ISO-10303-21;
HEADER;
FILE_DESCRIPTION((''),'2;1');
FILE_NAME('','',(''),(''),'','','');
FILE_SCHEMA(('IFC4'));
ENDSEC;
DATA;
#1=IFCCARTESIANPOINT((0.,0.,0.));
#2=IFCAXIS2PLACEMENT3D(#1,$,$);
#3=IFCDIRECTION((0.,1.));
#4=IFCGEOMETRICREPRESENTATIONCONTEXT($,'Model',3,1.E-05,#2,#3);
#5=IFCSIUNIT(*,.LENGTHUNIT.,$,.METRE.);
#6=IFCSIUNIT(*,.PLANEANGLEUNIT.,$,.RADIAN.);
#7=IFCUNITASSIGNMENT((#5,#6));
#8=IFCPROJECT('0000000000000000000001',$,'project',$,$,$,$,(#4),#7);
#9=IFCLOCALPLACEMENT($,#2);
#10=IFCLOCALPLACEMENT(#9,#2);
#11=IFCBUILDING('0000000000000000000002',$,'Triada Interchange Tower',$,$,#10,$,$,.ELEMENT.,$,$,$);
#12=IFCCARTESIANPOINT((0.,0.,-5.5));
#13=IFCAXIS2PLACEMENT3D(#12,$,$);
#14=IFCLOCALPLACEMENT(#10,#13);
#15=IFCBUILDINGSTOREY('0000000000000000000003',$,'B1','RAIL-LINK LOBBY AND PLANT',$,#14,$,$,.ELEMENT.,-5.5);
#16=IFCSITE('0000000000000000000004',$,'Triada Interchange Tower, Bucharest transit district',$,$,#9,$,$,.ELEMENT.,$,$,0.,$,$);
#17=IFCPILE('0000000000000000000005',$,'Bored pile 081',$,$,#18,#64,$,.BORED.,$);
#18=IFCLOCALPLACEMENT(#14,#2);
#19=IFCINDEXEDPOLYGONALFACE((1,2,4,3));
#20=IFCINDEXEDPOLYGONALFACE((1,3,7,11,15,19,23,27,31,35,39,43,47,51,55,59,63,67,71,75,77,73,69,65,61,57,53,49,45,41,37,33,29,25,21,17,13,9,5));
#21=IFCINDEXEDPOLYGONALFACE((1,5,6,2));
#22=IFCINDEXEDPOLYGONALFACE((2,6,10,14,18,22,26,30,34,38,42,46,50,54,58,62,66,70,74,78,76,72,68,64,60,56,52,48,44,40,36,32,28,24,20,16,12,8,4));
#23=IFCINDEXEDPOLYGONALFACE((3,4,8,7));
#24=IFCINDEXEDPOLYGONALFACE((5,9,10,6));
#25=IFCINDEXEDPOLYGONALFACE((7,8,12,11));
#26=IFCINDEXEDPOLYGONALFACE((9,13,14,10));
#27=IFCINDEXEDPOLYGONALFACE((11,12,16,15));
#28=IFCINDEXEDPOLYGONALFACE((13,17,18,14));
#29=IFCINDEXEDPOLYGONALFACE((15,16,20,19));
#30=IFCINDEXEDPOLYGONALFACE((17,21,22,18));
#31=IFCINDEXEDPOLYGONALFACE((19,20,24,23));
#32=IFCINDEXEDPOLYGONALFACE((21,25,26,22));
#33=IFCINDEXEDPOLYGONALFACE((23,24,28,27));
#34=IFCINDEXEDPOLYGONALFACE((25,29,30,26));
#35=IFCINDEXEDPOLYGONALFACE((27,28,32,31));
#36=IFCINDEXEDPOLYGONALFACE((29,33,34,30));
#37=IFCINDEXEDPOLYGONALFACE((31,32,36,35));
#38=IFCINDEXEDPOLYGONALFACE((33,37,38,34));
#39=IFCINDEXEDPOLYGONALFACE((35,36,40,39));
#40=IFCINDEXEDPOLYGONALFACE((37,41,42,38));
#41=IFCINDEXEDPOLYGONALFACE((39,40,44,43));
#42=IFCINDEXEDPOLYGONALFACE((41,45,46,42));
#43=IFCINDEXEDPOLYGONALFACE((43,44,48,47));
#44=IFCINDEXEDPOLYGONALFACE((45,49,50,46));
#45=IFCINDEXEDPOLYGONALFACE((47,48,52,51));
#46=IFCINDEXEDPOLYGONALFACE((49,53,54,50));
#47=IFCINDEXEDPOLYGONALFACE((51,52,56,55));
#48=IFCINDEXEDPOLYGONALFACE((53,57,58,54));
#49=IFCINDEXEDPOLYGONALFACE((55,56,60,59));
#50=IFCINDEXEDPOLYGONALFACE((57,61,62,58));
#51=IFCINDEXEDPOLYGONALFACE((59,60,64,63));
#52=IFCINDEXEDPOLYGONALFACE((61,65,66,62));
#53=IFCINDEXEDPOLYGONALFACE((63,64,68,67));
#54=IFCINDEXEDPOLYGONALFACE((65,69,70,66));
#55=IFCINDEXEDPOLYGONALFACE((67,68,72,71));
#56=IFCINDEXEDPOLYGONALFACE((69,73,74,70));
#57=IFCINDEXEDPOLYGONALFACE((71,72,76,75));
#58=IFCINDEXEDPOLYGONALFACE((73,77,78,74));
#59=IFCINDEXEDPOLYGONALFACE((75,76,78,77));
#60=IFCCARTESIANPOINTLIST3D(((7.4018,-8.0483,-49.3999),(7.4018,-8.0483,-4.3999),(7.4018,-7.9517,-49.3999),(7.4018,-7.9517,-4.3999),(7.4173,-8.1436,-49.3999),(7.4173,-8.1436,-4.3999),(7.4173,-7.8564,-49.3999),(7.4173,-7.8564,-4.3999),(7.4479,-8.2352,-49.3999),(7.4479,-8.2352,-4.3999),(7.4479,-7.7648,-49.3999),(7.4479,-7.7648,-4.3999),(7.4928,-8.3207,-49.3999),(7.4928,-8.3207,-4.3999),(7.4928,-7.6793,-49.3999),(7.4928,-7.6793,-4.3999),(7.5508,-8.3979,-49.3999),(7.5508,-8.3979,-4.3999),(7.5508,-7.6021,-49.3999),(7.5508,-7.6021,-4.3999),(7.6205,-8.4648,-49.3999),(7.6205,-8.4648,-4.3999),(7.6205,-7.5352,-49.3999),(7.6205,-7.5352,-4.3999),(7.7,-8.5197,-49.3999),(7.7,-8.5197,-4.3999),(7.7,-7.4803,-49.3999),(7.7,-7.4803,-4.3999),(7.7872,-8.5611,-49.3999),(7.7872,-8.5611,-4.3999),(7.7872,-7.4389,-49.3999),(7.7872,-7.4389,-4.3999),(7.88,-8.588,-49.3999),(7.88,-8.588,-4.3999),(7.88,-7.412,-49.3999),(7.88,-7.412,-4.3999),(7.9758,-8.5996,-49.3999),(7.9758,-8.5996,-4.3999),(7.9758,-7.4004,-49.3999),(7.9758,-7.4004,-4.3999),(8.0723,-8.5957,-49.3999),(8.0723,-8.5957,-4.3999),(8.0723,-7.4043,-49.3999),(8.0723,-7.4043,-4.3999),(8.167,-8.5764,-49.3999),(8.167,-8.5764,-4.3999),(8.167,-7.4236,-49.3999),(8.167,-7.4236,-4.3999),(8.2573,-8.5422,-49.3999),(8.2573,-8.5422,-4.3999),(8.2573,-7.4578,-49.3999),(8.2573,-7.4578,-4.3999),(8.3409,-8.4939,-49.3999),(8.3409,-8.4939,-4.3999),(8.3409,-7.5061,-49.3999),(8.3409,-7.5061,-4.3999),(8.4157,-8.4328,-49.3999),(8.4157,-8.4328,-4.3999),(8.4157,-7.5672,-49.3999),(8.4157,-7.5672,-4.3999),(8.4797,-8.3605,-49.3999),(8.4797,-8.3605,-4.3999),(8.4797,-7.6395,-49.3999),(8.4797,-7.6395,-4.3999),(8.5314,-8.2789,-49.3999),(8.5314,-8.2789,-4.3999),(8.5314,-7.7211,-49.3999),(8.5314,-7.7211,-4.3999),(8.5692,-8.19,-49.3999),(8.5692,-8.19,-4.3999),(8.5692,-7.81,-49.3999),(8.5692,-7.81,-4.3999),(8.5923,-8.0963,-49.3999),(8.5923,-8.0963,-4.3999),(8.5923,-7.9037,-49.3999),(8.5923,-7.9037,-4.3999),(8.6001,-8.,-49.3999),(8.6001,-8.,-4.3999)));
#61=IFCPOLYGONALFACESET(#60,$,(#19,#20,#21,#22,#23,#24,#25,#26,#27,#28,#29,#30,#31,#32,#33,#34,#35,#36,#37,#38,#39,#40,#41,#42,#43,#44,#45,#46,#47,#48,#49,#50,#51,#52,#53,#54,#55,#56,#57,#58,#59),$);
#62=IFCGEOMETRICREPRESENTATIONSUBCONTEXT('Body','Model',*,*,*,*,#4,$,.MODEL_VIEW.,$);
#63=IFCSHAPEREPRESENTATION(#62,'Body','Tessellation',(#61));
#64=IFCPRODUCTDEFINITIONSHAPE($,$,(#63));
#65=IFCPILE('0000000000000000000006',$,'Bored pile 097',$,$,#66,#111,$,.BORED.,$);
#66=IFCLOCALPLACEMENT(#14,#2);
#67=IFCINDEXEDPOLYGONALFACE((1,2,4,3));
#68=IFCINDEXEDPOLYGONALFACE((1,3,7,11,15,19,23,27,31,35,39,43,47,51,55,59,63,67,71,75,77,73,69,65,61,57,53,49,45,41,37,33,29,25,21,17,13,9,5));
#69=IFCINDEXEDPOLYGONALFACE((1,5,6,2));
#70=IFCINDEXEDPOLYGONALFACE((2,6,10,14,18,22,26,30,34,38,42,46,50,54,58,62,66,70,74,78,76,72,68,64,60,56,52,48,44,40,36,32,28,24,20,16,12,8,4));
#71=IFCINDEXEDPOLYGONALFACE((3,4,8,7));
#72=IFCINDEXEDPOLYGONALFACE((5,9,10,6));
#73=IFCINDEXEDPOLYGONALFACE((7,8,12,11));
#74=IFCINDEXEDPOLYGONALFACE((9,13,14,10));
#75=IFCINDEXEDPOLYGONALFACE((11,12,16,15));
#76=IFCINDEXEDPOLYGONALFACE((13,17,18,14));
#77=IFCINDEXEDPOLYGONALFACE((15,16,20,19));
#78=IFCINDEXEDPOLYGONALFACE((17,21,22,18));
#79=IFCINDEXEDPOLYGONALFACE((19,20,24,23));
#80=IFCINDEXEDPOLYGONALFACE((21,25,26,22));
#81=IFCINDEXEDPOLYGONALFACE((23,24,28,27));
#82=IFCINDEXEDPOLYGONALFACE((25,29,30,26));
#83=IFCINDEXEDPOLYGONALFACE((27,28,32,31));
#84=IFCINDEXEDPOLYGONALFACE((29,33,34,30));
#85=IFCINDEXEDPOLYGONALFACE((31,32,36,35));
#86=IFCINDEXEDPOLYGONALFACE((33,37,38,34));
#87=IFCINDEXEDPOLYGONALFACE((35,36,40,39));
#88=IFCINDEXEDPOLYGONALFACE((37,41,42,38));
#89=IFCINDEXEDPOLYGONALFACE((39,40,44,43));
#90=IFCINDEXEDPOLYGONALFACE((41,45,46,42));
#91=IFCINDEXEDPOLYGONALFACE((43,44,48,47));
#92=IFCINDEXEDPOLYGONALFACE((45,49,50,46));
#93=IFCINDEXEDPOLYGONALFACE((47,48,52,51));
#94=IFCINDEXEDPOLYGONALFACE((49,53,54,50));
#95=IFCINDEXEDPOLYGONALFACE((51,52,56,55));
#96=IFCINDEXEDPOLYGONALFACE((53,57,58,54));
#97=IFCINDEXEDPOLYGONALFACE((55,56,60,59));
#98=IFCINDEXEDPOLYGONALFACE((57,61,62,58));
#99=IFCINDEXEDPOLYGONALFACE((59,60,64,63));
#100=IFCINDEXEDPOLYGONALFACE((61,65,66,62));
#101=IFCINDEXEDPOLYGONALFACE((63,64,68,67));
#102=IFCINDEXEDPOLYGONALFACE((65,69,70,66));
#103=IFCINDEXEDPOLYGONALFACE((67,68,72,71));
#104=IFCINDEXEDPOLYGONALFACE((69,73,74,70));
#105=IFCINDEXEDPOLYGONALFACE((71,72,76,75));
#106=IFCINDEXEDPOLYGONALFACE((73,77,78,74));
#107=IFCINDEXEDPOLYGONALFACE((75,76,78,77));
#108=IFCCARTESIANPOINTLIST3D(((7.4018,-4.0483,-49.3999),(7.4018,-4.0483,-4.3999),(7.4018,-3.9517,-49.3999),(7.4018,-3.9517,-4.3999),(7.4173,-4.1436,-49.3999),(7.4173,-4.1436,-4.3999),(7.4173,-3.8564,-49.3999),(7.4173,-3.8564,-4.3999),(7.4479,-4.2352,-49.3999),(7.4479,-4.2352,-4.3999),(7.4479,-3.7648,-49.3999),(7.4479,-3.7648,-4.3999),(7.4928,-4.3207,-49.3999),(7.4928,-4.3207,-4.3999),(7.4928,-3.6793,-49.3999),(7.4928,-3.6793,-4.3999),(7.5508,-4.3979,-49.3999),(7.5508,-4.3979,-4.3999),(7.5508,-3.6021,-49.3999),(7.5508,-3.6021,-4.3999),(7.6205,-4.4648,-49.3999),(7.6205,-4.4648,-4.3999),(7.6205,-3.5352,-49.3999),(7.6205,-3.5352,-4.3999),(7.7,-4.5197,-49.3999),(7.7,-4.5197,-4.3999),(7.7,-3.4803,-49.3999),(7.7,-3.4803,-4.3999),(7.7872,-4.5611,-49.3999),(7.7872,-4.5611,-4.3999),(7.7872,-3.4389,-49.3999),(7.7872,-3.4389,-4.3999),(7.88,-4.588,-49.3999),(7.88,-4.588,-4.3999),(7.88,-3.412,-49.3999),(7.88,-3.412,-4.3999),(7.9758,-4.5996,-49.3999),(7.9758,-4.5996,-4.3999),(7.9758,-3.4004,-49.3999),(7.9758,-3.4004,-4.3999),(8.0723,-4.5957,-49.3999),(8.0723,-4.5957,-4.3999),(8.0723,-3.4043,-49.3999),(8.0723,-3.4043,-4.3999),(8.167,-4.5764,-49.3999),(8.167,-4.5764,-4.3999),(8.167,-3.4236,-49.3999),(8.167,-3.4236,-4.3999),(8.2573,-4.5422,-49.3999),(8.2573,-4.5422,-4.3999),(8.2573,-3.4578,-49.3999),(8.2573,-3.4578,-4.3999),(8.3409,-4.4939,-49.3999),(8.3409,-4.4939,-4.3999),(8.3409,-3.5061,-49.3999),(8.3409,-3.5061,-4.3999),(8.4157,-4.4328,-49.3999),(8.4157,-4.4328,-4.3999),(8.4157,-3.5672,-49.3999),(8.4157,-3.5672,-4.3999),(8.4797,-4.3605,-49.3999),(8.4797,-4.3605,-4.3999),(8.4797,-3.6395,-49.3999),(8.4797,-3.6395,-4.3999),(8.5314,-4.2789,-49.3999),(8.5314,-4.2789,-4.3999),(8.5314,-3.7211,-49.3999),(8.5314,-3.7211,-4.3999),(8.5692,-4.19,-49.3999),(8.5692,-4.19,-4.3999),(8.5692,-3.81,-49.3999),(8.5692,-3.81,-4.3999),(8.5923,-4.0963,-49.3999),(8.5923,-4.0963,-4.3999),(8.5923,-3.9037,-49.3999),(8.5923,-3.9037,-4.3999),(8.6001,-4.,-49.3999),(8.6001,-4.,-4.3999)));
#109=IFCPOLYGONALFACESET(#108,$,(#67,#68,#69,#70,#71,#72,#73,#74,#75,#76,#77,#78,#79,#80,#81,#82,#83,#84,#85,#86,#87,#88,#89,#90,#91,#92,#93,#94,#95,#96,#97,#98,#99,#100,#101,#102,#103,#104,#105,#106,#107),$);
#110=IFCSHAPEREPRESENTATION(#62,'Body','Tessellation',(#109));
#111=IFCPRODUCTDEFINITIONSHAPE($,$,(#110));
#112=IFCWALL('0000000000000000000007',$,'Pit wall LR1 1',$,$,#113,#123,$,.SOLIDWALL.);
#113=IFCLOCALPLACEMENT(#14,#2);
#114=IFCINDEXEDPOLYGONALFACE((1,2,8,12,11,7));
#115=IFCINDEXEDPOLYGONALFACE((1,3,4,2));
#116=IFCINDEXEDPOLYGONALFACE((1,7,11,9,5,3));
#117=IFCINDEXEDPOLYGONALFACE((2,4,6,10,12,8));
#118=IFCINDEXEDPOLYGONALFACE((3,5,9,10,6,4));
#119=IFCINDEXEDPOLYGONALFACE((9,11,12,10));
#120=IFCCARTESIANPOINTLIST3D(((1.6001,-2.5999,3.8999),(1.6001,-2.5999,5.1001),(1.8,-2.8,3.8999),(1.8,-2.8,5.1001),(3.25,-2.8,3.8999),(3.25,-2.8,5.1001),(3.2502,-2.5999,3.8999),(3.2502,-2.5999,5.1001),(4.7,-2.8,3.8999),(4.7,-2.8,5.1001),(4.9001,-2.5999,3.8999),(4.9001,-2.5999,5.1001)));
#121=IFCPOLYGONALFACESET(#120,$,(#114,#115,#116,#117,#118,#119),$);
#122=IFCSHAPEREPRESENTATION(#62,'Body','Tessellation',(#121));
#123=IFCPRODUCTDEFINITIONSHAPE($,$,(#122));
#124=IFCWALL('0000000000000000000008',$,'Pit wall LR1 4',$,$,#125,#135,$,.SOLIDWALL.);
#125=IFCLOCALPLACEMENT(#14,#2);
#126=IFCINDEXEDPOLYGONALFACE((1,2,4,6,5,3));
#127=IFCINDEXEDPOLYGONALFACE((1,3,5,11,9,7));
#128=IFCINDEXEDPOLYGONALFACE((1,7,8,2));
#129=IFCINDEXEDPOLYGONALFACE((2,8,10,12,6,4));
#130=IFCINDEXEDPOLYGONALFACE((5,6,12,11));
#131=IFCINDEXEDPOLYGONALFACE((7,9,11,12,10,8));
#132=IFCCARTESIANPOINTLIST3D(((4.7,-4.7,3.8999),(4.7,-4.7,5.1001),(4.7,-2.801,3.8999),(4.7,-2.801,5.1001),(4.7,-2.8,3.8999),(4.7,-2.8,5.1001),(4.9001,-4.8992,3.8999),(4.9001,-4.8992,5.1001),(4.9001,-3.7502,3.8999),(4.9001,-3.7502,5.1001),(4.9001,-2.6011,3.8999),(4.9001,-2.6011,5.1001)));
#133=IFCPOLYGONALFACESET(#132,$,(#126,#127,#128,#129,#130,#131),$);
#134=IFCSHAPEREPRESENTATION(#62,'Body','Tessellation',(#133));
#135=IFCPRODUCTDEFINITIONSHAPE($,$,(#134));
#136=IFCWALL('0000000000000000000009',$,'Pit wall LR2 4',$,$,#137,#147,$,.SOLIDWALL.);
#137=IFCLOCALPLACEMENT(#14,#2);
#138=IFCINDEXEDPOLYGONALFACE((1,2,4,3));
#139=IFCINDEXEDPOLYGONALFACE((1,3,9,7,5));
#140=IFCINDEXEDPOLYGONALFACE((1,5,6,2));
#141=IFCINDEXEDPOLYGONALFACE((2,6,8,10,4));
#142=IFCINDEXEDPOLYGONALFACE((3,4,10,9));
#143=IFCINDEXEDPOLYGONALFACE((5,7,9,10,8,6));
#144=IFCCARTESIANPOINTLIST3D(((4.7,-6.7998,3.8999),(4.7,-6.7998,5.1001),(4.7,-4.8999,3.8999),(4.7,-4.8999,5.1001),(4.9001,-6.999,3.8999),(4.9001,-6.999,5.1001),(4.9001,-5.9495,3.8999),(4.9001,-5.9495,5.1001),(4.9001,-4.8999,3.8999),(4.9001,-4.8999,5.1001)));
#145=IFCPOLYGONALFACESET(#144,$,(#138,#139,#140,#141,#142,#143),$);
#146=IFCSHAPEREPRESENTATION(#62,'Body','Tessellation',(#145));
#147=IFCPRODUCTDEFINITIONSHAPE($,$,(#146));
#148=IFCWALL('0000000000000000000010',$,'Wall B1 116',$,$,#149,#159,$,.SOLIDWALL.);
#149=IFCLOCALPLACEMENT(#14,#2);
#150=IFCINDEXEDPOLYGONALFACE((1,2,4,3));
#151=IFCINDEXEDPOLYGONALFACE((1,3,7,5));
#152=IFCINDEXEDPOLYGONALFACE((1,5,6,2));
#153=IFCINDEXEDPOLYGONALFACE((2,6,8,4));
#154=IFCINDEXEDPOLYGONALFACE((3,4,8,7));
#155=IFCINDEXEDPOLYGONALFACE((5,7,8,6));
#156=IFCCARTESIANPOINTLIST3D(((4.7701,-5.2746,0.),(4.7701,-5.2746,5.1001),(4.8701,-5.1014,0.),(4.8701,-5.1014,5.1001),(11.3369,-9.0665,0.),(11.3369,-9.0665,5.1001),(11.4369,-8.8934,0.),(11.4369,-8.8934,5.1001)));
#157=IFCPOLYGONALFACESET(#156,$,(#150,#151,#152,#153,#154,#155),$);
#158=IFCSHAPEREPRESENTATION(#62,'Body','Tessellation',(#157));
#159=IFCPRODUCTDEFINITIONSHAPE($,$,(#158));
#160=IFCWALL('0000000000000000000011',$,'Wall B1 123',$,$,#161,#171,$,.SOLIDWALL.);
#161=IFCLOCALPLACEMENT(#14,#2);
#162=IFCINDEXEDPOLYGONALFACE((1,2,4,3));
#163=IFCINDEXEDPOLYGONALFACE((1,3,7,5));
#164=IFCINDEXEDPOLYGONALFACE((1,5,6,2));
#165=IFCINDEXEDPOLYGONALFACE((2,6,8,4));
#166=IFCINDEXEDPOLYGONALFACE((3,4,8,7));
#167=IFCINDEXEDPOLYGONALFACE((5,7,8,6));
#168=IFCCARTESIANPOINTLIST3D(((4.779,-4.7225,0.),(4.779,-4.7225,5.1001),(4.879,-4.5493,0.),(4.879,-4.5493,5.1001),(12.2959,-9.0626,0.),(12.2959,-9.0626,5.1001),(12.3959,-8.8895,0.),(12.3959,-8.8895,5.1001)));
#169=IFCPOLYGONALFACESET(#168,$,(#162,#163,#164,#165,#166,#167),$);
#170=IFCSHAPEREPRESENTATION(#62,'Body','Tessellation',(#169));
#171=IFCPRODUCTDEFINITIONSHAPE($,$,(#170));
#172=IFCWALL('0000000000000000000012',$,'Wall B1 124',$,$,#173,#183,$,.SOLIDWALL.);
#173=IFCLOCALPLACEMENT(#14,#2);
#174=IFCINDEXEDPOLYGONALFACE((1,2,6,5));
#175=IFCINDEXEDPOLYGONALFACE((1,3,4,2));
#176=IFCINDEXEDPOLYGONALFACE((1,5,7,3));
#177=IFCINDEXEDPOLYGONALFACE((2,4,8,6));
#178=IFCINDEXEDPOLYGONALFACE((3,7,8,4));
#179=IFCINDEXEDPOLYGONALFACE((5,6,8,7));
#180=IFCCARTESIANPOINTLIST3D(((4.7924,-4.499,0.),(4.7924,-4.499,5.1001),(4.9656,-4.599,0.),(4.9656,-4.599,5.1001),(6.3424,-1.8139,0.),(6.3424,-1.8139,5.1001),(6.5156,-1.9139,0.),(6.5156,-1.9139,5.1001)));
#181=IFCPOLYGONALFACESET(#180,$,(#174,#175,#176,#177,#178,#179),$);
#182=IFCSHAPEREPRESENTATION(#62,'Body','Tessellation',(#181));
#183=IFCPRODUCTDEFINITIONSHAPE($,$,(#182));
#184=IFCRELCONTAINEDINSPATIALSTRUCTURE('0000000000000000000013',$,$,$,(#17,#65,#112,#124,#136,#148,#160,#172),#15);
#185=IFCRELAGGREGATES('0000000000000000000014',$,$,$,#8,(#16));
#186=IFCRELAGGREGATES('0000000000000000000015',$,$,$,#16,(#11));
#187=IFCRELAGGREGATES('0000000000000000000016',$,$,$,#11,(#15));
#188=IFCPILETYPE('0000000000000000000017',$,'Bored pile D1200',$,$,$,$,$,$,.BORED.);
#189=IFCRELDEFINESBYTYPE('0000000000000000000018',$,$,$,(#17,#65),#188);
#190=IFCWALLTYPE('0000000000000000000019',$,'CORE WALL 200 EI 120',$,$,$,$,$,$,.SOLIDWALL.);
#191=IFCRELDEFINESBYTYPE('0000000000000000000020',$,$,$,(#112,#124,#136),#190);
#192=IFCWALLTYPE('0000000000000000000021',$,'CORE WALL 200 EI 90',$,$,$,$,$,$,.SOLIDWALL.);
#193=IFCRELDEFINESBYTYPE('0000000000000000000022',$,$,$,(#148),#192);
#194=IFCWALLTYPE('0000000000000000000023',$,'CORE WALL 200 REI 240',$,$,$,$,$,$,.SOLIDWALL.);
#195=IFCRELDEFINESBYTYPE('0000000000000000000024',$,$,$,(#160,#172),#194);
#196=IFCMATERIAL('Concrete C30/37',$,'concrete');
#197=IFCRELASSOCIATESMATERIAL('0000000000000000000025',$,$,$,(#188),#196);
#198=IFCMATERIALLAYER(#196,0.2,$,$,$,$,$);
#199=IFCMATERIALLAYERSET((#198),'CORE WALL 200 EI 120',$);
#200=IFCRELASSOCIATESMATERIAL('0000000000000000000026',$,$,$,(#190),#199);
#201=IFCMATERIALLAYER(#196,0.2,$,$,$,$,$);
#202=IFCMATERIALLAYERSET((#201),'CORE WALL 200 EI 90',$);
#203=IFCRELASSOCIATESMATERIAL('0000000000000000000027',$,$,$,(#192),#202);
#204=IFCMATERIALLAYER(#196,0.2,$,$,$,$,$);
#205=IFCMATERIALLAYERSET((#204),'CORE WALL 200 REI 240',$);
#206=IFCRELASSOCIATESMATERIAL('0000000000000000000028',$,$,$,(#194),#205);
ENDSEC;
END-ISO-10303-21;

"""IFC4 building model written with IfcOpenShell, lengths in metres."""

from ifc_helpers import new_model, si_unit, direction, frame, frame_2d, origin, origin_2d, place, context, subcontext, project, spatial, polyline, rectangle, circle, outline, extrude, material, layer, layer_set, material_profile, profile_set, type_object, element, save


model = new_model("IFC4")

# Units and contexts
model_context = context("Model", 3, precision=1e-05, world=origin(), true_north=direction((0.0, 1.0)))
body_context = subcontext(model_context, "Body", "Model", "MODEL_VIEW")
ifc_project = project(units=[si_unit("LENGTHUNIT", "METRE"), si_unit("PLANEANGLEUNIT", "RADIAN")], contexts=[model_context])

# Site, building, storey
site_placement = place(None, origin())
site = spatial("IfcSite", under=ifc_project, at=site_placement, Name="Triada Interchange Tower, Bucharest transit district", CompositionType="ELEMENT", RefElevation=0.0)
building_placement = place(site_placement, origin())
building = spatial("IfcBuilding", under=site, at=building_placement, Name="Triada Interchange Tower", CompositionType="ELEMENT")
storey_placement = place(building_placement, frame((0.0, 0.0, -5.5)))
storey = spatial("IfcBuildingStorey", under=building, at=storey_placement, Name="B1", Description="RAIL-LINK LOBBY AND PLANT", CompositionType="ELEMENT", Elevation=-5.5)

# Piles
ifc_material_1 = material(Name="Concrete C30/37", Category="concrete")
ifc_material_profile = material_profile(ifc_material_1, circle(Radius=0.6001, at=origin_2d()), Name="RC D1200")
ifc_profile_set = profile_set([ifc_material_profile], Name="Concrete C30/37")
pile_type = type_object("IfcPileType", Name="Bored pile D1200", PredefinedType="BORED", material=ifc_profile_set)
for number, where, z_axis, x_axis, name in (
    (1, (8.0, -8.0, -4.3999), (0.0, 0.0, -1.0), (1.0, 0.0, 0.0), "Bored pile 081"),
    (2, (8.0, -4.0, -4.3999), (0.0, 0.0, -1.0), (1.0, 0.0, 0.0), "Bored pile 097"),
):
    element("IfcPile", number, at=place(storey_placement, frame(where, z_axis=z_axis, x_axis=x_axis)), inside=storey, type_object=pile_type, Name=name, PredefinedType="BORED", context=body_context, shape_type="SweptSolid", body=[
        extrude(circle(Radius=0.6001, at=origin_2d()), origin(), (0.0, 0.0, 1.0), 45.0),
    ])

# Walls
ifc_layer_1 = layer(ifc_material_1, 0.2)
ifc_layer_set_1 = layer_set([ifc_layer_1], Name="CORE WALL 200 EI 120")
wall_type_1 = type_object("IfcWallType", Name="CORE WALL 200 EI 120", PredefinedType="SOLIDWALL", material=ifc_layer_set_1)
wall_1_placement = place(storey_placement, frame((4.8, -2.7, 3.8999), z_axis=(0.0, 0.0, 1.0), x_axis=(-1.0, 0.0, 0.0)))
element("IfcWall", 3, at=wall_1_placement, inside=storey, type_object=wall_type_1, Name="Pit wall LR1 1", PredefinedType="SOLIDWALL", context=body_context, shape_type="SweptSolid", body=[
    extrude(outline(polyline([(-0.1001, -0.1001), (0.1001, 0.1001), (1.55, 0.1001), (3.0, 0.1001), (3.2, -0.1001), (1.5498, -0.1001), (-0.1001, -0.1001)])), origin(), (0.0, 0.0, 1.0), 1.2002),
])
wall_2_placement = place(storey_placement, frame((4.8, -4.8, 3.8999), z_axis=(0.0, 0.0, 1.0), x_axis=(0.0, 1.0, 0.0)))
element("IfcWall", 4, at=wall_2_placement, inside=storey, type_object=wall_type_1, Name="Pit wall LR1 4", PredefinedType="SOLIDWALL", context=body_context, shape_type="SweptSolid", body=[
    extrude(outline(polyline([(1.999, 0.1001), (2.0, 0.1001), (2.0, 0.1001), (2.0, 0.1001), (2.0, 0.1001), (2.0, 0.1001), (2.0, 0.1001), (2.0, 0.1001), (2.0, 0.1001), (2.199, -0.1001), (1.0498, -0.1001), (-0.0991, -0.1001), (0.1001, 0.1001), (0.1001, 0.1001), (0.1001, 0.1001), (0.1001, 0.1001), (0.1001, 0.1001), (0.1001, 0.1001), (0.1001, 0.1001), (0.1001, 0.1001), (0.1001, 0.1001), (1.999, 0.1001)])), origin(), (0.0, 0.0, 1.0), 1.2002),
])
wall_3_placement = place(storey_placement, frame((4.8, -6.8999, 3.8999), z_axis=(0.0, 0.0, 1.0), x_axis=(0.0, 1.0, 0.0)))
element("IfcWall", 5, at=wall_3_placement, inside=storey, type_object=wall_type_1, Name="Pit wall LR2 4", PredefinedType="SOLIDWALL", context=body_context, shape_type="SweptSolid", body=[
    extrude(outline(polyline([(2.0, 0.1001), (2.0, -0.1001), (0.9504, -0.1001), (-0.0991, -0.1001), (0.1001, 0.1001), (0.1001, 0.1001), (0.1001, 0.1001), (0.1001, 0.1001), (0.1001, 0.1001), (0.1001, 0.1001), (0.1001, 0.1001), (0.1001, 0.1001), (0.1001, 0.1001), (2.0, 0.1001)])), origin(), (0.0, 0.0, 1.0), 1.2002),
])
ifc_layer_2 = layer(ifc_material_1, 0.2)
ifc_layer_set_2 = layer_set([ifc_layer_2], Name="CORE WALL 200 EI 90")
wall_type_2 = type_object("IfcWallType", Name="CORE WALL 200 EI 90", PredefinedType="SOLIDWALL", material=ifc_layer_set_2)
wall_4_placement = place(storey_placement, frame((4.8201, -5.188, 0.0), z_axis=(0.0, 0.0, 1.0), x_axis=(0.865991, -0.500059, 0.0)))
element("IfcWall", 6, at=wall_4_placement, inside=storey, type_object=wall_type_2, Name="Wall B1 116", PredefinedType="SOLIDWALL", context=body_context, shape_type="SweptSolid", body=[
    extrude(rectangle(XDim=7.583, YDim=0.2, at=frame_2d((3.7915, 0.0))), origin(), (0.0, 0.0, 1.0), 5.1001),
])
ifc_layer_3 = layer(ifc_material_1, 0.2)
ifc_layer_set_3 = layer_set([ifc_layer_3], Name="CORE WALL 200 REI 240")
wall_type_3 = type_object("IfcWallType", Name="CORE WALL 200 REI 240", PredefinedType="SOLIDWALL", material=ifc_layer_set_3)
wall_5_placement = place(storey_placement, frame((4.8291, -4.636, 0.0), z_axis=(0.0, 0.0, 1.0), x_axis=(0.866014, -0.50002, 0.0)))
element("IfcWall", 7, at=wall_5_placement, inside=storey, type_object=wall_type_3, Name="Wall B1 123", PredefinedType="SOLIDWALL", context=body_context, shape_type="SweptSolid", body=[
    extrude(rectangle(XDim=8.6799, YDim=0.2, at=frame_2d((4.3398, 0.0))), origin(), (0.0, 0.0, 1.0), 5.1001),
])
wall_6_placement = place(storey_placement, frame((4.8789, -4.5491, 0.0), z_axis=(0.0, 0.0, 1.0), x_axis=(0.499959, 0.866049, 0.0)))
element("IfcWall", 8, at=wall_6_placement, inside=storey, type_object=wall_type_3, Name="Wall B1 124", PredefinedType="SOLIDWALL", context=body_context, shape_type="SweptSolid", body=[
    extrude(rectangle(XDim=3.1003, YDim=0.2, at=frame_2d((1.5503, 0.0))), origin(), (0.0, 0.0, 1.0), 5.1001),
])

save(model, "model.ifc")
